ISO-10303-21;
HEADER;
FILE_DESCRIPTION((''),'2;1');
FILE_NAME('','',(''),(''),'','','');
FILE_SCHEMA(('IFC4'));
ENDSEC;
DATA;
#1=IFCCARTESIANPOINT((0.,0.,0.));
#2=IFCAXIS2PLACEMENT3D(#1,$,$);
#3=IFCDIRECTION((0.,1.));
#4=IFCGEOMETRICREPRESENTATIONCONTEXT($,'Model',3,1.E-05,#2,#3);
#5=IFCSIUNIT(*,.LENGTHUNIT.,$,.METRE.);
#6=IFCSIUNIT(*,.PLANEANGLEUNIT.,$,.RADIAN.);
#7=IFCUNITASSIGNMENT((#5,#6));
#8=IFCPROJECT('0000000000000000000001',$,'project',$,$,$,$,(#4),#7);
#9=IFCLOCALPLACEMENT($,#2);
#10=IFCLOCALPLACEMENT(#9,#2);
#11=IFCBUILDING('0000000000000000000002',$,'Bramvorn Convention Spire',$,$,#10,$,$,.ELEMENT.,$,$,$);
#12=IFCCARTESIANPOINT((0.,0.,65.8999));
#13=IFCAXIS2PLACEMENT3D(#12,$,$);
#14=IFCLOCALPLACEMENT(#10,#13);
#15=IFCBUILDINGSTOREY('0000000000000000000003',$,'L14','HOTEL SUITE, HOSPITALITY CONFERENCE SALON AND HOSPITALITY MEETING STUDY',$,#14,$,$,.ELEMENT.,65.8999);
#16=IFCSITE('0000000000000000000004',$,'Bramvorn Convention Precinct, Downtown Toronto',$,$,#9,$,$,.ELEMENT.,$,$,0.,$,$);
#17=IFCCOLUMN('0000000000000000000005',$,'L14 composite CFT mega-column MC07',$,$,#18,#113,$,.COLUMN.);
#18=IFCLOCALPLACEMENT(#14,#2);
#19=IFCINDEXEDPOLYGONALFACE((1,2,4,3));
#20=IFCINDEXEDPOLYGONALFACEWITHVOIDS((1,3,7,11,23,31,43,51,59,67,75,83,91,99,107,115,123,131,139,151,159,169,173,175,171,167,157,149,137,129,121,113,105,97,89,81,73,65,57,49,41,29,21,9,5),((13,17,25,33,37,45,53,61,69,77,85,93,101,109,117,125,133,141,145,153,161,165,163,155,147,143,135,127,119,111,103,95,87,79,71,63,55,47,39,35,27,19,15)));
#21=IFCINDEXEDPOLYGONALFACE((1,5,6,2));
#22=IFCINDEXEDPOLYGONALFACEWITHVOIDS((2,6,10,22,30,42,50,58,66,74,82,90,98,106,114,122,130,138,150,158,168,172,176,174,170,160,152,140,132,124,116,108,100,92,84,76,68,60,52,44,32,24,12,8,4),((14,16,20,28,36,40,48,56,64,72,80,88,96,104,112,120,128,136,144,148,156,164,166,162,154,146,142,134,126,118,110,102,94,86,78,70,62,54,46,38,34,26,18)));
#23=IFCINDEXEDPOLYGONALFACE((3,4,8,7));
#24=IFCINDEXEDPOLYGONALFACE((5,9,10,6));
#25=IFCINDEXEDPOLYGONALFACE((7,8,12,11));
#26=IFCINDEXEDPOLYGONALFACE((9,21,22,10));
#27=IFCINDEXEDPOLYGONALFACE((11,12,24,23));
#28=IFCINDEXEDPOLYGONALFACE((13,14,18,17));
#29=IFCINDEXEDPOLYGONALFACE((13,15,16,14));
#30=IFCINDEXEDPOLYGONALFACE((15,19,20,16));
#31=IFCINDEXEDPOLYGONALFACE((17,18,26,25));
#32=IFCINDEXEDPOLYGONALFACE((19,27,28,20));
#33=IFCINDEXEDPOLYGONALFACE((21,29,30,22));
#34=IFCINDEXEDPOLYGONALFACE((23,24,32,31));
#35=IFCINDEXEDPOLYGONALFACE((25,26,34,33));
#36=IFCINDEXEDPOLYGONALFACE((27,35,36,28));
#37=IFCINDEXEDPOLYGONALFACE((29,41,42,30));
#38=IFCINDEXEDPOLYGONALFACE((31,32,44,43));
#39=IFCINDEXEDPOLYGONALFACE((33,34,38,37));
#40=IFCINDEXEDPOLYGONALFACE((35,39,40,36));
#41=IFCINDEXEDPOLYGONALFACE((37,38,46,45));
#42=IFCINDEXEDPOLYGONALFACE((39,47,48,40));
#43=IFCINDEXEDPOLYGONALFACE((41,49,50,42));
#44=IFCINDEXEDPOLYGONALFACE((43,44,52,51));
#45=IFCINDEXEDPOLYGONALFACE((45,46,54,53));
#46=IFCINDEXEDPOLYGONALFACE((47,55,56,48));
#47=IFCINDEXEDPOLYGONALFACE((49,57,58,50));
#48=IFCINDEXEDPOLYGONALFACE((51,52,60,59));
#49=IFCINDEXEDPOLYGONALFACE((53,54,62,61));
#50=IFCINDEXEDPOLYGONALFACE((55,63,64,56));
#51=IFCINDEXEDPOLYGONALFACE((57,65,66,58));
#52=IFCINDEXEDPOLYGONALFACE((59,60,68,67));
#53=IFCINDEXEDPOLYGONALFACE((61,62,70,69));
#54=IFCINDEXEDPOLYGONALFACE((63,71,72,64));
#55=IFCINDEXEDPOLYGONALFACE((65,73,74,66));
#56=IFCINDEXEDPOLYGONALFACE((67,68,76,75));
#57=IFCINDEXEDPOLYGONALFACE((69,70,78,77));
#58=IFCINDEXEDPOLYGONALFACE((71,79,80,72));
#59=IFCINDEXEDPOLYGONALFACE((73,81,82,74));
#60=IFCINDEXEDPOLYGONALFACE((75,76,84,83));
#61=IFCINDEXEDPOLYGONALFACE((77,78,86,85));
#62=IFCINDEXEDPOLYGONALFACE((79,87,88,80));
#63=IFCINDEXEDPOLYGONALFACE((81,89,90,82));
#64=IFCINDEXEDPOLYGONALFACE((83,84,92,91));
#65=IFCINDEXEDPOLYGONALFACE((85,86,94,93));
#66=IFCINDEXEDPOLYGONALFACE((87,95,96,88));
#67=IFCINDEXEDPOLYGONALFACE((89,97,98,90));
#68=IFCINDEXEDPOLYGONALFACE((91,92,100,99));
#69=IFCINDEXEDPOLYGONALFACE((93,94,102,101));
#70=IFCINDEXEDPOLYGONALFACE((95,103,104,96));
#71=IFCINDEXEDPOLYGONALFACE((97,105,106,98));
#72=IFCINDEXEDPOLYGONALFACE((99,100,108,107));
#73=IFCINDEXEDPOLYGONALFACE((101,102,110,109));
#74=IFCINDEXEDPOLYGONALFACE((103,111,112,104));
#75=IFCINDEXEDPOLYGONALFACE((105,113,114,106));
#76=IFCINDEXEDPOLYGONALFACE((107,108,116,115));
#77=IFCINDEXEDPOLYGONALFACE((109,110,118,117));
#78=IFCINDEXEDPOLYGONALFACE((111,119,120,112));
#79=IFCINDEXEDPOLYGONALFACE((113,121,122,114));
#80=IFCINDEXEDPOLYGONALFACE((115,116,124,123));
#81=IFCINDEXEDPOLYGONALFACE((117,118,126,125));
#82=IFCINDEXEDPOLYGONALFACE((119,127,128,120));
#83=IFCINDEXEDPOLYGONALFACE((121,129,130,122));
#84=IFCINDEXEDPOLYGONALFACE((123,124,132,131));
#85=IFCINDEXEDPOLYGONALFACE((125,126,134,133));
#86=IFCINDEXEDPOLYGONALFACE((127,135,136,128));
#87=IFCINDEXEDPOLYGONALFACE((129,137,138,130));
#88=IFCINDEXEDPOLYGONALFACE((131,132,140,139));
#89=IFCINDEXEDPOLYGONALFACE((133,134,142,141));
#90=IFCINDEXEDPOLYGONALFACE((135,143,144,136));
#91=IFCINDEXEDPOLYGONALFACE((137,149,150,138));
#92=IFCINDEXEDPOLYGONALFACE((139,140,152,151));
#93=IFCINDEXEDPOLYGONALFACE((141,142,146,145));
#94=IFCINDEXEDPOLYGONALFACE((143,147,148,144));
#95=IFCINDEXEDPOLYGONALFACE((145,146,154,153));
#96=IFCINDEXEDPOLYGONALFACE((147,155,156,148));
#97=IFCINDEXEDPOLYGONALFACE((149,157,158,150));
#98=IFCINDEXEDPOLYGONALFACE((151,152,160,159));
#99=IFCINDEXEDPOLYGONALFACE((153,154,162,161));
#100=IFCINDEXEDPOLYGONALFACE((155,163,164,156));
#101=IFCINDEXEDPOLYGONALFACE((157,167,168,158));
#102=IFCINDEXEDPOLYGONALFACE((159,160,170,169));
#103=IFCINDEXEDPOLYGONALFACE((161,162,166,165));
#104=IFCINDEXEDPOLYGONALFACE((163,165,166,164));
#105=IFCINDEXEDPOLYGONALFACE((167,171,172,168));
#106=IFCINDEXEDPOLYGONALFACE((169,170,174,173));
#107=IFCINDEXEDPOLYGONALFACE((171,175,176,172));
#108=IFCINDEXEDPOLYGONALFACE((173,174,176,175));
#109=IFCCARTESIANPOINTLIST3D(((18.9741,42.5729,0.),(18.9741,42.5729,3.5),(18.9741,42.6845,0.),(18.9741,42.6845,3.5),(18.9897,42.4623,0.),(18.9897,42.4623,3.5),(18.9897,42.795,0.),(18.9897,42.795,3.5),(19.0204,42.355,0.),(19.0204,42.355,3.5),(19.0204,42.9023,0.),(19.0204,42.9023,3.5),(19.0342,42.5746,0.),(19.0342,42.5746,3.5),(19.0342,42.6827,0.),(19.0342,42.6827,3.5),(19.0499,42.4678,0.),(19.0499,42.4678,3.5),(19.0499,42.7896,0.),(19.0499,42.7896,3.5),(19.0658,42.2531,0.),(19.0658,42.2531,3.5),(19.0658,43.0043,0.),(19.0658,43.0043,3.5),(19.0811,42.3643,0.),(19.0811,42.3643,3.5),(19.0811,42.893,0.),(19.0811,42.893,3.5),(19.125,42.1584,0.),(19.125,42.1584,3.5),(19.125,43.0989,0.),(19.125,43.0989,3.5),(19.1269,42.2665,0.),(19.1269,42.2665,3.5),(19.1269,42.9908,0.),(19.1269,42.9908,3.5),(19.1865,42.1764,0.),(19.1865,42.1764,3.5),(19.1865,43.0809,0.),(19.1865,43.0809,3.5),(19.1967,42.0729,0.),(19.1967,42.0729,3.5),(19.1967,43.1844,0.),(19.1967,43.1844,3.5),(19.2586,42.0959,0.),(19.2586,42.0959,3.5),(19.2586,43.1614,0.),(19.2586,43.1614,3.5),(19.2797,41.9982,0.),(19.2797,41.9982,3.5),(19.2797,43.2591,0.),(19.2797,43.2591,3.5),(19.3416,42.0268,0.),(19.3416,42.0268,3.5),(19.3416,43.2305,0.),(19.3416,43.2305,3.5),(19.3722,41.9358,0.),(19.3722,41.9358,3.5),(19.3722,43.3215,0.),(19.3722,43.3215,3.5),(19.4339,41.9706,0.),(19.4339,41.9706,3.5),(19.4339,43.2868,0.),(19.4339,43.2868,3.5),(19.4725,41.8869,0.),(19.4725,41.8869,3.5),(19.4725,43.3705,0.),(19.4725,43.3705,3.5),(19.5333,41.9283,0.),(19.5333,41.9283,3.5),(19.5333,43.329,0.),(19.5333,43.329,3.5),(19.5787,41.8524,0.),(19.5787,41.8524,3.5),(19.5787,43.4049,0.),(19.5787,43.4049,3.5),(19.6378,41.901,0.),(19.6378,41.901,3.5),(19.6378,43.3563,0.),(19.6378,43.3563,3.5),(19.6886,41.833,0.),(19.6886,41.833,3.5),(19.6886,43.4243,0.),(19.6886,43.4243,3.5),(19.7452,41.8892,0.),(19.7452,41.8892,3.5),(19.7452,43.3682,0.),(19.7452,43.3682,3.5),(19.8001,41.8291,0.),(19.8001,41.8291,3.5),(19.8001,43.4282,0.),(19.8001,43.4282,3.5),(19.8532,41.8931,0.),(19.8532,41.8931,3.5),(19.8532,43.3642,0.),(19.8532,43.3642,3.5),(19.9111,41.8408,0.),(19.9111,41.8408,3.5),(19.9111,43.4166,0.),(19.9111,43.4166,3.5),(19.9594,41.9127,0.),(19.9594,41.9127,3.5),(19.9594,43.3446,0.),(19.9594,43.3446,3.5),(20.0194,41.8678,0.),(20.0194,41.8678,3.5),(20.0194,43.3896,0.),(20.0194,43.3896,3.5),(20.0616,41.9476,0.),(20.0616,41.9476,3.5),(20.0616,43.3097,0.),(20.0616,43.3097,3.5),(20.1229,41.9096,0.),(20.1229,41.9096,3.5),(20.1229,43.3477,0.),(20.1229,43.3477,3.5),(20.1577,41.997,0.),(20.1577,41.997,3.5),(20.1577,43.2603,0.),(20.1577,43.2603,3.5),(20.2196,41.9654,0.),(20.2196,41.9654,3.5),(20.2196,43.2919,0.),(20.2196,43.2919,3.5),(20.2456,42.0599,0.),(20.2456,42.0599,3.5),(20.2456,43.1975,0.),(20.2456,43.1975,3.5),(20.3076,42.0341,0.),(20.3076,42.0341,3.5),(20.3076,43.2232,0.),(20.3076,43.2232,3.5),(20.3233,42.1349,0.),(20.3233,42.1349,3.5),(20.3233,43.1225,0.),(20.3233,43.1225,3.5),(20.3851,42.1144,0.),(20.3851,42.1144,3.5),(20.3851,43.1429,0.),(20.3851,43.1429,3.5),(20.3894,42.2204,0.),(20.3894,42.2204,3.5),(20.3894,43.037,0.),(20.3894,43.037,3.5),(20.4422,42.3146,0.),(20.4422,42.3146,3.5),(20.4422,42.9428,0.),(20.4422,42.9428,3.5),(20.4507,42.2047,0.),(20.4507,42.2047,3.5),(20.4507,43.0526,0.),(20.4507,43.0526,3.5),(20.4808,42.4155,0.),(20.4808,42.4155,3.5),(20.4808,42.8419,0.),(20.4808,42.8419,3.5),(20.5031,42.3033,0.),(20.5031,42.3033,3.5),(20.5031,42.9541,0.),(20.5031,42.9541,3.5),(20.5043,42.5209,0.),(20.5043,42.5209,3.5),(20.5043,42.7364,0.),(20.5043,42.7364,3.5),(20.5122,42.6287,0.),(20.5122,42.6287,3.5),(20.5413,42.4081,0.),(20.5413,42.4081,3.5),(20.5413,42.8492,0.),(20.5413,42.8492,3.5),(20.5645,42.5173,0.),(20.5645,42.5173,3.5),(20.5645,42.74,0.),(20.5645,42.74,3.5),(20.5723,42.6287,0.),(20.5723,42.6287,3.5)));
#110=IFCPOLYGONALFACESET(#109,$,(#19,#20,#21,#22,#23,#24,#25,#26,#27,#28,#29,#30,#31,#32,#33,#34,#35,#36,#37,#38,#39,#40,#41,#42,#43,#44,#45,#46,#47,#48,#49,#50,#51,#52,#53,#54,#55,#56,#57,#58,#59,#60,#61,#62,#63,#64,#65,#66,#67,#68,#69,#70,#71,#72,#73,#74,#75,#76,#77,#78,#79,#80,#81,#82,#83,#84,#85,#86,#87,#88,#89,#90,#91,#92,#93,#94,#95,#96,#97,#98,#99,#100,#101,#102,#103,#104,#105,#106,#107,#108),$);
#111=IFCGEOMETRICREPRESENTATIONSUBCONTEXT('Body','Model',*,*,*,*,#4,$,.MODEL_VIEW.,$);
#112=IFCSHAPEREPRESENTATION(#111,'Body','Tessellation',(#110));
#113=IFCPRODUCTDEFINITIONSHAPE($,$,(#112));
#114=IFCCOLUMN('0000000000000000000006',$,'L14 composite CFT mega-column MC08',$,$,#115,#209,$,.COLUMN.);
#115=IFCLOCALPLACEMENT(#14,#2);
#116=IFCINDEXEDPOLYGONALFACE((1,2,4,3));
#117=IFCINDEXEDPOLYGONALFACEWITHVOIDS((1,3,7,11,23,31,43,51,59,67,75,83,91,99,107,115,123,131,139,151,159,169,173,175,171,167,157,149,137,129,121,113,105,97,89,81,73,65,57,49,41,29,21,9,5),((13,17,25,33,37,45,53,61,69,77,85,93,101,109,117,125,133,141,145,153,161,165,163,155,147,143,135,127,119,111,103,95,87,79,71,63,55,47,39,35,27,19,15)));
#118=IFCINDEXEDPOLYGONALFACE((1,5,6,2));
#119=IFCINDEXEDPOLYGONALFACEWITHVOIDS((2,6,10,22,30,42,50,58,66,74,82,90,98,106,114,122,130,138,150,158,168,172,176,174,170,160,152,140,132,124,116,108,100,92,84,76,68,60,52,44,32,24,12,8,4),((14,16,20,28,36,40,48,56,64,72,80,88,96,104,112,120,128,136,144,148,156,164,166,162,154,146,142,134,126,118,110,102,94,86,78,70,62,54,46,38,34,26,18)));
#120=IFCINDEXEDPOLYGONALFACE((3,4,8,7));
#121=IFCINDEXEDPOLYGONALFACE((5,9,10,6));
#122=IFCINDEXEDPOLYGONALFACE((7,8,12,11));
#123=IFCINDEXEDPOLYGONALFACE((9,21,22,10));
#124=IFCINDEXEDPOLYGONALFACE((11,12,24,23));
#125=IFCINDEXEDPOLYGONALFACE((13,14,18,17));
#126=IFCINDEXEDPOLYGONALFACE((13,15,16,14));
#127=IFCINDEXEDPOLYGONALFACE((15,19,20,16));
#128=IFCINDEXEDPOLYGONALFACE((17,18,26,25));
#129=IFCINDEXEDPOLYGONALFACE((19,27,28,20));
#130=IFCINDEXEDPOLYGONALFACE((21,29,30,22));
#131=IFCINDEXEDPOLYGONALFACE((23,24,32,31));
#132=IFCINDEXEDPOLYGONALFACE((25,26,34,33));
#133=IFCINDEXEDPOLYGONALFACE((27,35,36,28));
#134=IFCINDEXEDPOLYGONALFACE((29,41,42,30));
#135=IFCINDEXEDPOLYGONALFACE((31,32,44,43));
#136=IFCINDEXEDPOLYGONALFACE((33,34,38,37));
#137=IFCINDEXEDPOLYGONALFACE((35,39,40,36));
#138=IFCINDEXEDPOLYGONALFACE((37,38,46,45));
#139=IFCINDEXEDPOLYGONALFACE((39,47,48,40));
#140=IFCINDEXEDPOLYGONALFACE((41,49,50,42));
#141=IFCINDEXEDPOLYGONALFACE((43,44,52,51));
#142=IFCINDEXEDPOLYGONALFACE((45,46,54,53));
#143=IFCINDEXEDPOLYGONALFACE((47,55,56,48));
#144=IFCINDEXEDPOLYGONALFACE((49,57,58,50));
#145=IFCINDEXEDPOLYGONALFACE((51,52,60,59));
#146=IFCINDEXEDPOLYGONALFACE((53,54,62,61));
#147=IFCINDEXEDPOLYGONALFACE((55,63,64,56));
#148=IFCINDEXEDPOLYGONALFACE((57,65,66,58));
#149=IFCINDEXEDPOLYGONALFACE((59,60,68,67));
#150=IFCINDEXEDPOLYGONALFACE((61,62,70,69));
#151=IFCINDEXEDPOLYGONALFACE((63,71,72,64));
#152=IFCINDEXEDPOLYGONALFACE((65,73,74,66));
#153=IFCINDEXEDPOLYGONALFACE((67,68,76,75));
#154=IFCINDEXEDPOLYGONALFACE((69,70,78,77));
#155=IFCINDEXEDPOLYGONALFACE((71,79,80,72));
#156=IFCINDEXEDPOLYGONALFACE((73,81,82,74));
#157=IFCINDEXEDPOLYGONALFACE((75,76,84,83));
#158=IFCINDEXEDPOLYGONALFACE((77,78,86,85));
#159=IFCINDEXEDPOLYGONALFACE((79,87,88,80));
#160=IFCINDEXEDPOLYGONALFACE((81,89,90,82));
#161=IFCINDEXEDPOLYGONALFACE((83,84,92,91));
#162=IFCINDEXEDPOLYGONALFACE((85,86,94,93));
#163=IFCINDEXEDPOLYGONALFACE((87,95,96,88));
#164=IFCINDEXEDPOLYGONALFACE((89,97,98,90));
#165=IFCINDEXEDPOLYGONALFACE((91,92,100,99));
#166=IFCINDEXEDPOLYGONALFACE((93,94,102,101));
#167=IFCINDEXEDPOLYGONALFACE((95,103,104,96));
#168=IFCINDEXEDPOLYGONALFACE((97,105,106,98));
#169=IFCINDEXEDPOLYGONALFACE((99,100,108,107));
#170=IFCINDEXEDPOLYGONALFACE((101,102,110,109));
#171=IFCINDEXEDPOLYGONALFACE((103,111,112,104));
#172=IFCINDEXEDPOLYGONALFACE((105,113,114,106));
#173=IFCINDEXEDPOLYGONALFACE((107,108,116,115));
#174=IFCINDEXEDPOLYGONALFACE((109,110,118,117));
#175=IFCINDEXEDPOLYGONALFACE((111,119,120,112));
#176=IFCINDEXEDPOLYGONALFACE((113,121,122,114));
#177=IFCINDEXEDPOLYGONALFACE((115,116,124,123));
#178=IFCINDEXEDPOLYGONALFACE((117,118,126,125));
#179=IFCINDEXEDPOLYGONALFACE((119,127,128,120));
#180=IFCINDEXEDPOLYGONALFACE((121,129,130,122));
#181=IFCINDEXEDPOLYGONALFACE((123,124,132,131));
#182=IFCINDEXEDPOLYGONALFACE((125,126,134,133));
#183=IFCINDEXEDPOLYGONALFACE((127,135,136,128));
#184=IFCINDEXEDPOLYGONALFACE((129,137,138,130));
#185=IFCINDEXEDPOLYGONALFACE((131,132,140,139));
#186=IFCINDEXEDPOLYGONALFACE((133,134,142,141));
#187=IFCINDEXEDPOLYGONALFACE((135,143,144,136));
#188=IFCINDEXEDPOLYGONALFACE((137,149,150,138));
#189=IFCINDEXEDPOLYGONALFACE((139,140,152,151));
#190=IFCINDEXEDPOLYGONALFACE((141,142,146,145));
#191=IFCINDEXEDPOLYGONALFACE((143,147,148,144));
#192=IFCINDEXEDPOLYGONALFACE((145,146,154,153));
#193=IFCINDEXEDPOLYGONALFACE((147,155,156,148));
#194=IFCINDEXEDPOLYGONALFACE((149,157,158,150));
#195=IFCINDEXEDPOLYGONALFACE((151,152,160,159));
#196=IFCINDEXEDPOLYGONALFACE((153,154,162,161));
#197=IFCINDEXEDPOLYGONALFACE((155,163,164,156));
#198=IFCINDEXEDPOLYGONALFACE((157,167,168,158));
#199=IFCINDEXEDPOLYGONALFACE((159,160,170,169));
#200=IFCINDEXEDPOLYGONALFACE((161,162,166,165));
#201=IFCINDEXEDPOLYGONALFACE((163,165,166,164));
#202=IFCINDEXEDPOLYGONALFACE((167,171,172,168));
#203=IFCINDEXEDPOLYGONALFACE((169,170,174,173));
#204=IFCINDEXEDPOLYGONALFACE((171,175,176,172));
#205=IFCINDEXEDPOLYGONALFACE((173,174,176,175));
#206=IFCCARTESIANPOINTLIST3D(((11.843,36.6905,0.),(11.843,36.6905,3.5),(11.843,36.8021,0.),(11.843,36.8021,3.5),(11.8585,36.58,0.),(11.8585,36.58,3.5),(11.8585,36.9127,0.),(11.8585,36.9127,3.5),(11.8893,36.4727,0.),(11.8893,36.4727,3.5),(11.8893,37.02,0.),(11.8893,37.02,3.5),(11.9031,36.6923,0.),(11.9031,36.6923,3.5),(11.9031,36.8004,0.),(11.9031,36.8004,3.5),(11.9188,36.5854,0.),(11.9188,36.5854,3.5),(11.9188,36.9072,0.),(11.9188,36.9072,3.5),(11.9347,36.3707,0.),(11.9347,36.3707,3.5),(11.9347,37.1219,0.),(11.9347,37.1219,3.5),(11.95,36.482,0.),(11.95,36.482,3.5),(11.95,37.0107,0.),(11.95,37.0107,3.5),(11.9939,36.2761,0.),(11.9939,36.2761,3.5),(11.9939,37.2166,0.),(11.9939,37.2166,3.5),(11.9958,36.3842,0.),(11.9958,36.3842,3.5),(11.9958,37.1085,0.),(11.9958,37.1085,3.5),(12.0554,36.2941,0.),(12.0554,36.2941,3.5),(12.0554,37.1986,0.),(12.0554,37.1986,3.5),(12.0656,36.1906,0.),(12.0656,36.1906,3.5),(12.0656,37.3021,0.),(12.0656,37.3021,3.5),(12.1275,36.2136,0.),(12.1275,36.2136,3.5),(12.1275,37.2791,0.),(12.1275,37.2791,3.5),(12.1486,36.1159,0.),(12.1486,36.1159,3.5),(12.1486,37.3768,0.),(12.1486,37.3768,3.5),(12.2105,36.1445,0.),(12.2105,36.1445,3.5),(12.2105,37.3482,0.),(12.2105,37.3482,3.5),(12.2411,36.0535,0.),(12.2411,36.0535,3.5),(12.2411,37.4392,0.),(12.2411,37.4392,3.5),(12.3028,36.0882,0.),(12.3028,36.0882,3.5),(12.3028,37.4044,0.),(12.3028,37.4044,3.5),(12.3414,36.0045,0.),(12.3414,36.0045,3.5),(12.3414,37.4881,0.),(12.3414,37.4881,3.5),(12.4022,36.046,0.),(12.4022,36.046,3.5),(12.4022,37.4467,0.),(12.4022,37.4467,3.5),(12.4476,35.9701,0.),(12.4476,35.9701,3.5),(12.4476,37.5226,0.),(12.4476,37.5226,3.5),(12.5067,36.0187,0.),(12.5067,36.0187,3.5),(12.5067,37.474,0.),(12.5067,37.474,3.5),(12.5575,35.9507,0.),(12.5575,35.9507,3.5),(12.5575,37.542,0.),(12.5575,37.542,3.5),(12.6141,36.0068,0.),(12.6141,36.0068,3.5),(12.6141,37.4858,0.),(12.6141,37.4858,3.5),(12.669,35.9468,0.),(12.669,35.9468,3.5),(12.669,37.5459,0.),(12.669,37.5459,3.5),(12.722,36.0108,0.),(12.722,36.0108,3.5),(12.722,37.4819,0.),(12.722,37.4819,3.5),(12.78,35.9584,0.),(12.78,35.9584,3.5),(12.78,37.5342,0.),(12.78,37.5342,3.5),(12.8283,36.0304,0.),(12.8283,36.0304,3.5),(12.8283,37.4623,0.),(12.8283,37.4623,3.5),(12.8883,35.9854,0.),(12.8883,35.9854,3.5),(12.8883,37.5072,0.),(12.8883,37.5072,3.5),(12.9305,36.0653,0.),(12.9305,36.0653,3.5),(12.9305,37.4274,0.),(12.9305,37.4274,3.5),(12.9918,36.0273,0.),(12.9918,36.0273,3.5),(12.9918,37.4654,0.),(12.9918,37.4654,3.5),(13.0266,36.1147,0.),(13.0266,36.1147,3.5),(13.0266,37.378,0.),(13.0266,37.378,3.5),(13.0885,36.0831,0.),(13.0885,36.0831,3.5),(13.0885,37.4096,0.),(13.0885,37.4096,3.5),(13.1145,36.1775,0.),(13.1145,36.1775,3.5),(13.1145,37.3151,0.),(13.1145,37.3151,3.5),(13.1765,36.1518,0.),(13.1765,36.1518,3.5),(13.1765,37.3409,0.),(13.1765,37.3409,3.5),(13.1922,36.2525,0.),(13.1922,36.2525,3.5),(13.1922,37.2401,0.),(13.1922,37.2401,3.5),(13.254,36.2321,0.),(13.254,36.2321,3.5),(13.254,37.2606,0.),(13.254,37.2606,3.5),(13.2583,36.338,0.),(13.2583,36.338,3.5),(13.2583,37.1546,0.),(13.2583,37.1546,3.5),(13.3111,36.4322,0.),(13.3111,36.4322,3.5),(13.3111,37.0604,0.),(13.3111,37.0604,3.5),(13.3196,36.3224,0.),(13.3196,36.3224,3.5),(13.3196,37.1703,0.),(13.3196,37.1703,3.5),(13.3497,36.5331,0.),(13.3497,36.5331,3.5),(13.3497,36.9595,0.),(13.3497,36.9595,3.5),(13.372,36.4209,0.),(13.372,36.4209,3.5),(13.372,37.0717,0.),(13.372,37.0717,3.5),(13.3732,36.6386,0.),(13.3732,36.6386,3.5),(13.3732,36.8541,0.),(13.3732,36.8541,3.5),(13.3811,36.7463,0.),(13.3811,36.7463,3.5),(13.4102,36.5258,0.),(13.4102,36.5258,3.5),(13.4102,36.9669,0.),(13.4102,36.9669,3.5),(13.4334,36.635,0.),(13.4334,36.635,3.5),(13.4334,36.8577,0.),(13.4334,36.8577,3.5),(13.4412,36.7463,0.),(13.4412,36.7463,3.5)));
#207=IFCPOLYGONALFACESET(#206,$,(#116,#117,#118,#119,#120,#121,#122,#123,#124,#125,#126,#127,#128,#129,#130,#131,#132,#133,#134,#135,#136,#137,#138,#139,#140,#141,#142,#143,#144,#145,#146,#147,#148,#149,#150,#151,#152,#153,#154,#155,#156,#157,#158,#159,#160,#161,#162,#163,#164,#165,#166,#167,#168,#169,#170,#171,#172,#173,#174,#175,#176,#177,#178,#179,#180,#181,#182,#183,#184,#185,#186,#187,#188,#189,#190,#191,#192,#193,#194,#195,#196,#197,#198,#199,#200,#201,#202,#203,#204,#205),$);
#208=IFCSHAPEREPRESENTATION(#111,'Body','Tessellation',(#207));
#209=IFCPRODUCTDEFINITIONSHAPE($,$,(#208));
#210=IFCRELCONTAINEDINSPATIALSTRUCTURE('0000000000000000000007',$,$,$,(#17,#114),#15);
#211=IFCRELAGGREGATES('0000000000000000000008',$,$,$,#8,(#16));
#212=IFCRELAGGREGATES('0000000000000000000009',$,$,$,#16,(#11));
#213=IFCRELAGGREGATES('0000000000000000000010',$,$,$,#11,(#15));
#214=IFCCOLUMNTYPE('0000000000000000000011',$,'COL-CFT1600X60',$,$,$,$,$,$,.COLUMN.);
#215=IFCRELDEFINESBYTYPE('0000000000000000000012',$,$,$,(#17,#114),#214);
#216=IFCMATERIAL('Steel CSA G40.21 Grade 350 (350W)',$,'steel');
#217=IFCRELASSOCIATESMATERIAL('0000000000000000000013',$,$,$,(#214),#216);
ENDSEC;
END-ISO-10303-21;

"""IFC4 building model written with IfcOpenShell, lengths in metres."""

from ifc_helpers import new_model, si_unit, direction, frame, origin, origin_2d, place, context, subcontext, project, spatial, hollow_circle, extrude, material, material_profile, profile_set, type_object, element, save


model = new_model("IFC4")

# Units and contexts
model_context = context("Model", 3, precision=1e-05, world=origin(), true_north=direction((0.0, 1.0)))
body_context = subcontext(model_context, "Body", "Model", "MODEL_VIEW")
ifc_project = project(units=[si_unit("LENGTHUNIT", "METRE"), si_unit("PLANEANGLEUNIT", "RADIAN")], contexts=[model_context])

# Site, building, storey
site_placement = place(None, origin())
site = spatial("IfcSite", under=ifc_project, at=site_placement, Name="Bramvorn Convention Precinct, Downtown Toronto", CompositionType="ELEMENT", RefElevation=0.0)
building_placement = place(site_placement, origin())
building = spatial("IfcBuilding", under=site, at=building_placement, Name="Bramvorn Convention Spire", CompositionType="ELEMENT")
storey_placement = place(building_placement, frame((0.0, 0.0, 65.8999)))
storey = spatial("IfcBuildingStorey", under=building, at=storey_placement, Name="L14", Description="HOTEL SUITE, HOSPITALITY CONFERENCE SALON AND HOSPITALITY MEETING STUDY", CompositionType="ELEMENT", Elevation=65.8999)

# Columns
ifc_material_1 = material(Name="Steel CSA G40.21 Grade 350 (350W)", Category="steel")
ifc_material_profile_1 = material_profile(ifc_material_1, hollow_circle(Radius=0.8, WallThickness=0.0601, at=origin_2d()))
ifc_profile_set_1 = profile_set([ifc_material_profile_1], Name="Steel CSA G40.21 Grade 350 (350W) - CFT1600X60")
column_type = type_object("IfcColumnType", Name="COL-CFT1600X60", PredefinedType="COLUMN", material=ifc_profile_set_1)
for number, where, z_axis, x_axis, name in (
    (1, (19.7722, 42.6287, 0.0), (0.0, 0.0, 1.0), (1.0, 0.0, 0.0), "L14 composite CFT mega-column MC07"),
    (2, (12.6411, 36.7463, 0.0), (0.0, 0.0, 1.0), (1.0, 0.0, 0.0), "L14 composite CFT mega-column MC08"),
):
    element("IfcColumn", number, at=place(storey_placement, frame(where, z_axis=z_axis, x_axis=x_axis)), inside=storey, type_object=column_type, Name=name, PredefinedType="COLUMN", context=body_context, shape_type="SweptSolid", body=[
        extrude(hollow_circle(Radius=0.8, WallThickness=0.0601, at=origin_2d()), origin(), (0.0, 0.0, 1.0), 3.5),
    ])

save(model, "model.ifc")
